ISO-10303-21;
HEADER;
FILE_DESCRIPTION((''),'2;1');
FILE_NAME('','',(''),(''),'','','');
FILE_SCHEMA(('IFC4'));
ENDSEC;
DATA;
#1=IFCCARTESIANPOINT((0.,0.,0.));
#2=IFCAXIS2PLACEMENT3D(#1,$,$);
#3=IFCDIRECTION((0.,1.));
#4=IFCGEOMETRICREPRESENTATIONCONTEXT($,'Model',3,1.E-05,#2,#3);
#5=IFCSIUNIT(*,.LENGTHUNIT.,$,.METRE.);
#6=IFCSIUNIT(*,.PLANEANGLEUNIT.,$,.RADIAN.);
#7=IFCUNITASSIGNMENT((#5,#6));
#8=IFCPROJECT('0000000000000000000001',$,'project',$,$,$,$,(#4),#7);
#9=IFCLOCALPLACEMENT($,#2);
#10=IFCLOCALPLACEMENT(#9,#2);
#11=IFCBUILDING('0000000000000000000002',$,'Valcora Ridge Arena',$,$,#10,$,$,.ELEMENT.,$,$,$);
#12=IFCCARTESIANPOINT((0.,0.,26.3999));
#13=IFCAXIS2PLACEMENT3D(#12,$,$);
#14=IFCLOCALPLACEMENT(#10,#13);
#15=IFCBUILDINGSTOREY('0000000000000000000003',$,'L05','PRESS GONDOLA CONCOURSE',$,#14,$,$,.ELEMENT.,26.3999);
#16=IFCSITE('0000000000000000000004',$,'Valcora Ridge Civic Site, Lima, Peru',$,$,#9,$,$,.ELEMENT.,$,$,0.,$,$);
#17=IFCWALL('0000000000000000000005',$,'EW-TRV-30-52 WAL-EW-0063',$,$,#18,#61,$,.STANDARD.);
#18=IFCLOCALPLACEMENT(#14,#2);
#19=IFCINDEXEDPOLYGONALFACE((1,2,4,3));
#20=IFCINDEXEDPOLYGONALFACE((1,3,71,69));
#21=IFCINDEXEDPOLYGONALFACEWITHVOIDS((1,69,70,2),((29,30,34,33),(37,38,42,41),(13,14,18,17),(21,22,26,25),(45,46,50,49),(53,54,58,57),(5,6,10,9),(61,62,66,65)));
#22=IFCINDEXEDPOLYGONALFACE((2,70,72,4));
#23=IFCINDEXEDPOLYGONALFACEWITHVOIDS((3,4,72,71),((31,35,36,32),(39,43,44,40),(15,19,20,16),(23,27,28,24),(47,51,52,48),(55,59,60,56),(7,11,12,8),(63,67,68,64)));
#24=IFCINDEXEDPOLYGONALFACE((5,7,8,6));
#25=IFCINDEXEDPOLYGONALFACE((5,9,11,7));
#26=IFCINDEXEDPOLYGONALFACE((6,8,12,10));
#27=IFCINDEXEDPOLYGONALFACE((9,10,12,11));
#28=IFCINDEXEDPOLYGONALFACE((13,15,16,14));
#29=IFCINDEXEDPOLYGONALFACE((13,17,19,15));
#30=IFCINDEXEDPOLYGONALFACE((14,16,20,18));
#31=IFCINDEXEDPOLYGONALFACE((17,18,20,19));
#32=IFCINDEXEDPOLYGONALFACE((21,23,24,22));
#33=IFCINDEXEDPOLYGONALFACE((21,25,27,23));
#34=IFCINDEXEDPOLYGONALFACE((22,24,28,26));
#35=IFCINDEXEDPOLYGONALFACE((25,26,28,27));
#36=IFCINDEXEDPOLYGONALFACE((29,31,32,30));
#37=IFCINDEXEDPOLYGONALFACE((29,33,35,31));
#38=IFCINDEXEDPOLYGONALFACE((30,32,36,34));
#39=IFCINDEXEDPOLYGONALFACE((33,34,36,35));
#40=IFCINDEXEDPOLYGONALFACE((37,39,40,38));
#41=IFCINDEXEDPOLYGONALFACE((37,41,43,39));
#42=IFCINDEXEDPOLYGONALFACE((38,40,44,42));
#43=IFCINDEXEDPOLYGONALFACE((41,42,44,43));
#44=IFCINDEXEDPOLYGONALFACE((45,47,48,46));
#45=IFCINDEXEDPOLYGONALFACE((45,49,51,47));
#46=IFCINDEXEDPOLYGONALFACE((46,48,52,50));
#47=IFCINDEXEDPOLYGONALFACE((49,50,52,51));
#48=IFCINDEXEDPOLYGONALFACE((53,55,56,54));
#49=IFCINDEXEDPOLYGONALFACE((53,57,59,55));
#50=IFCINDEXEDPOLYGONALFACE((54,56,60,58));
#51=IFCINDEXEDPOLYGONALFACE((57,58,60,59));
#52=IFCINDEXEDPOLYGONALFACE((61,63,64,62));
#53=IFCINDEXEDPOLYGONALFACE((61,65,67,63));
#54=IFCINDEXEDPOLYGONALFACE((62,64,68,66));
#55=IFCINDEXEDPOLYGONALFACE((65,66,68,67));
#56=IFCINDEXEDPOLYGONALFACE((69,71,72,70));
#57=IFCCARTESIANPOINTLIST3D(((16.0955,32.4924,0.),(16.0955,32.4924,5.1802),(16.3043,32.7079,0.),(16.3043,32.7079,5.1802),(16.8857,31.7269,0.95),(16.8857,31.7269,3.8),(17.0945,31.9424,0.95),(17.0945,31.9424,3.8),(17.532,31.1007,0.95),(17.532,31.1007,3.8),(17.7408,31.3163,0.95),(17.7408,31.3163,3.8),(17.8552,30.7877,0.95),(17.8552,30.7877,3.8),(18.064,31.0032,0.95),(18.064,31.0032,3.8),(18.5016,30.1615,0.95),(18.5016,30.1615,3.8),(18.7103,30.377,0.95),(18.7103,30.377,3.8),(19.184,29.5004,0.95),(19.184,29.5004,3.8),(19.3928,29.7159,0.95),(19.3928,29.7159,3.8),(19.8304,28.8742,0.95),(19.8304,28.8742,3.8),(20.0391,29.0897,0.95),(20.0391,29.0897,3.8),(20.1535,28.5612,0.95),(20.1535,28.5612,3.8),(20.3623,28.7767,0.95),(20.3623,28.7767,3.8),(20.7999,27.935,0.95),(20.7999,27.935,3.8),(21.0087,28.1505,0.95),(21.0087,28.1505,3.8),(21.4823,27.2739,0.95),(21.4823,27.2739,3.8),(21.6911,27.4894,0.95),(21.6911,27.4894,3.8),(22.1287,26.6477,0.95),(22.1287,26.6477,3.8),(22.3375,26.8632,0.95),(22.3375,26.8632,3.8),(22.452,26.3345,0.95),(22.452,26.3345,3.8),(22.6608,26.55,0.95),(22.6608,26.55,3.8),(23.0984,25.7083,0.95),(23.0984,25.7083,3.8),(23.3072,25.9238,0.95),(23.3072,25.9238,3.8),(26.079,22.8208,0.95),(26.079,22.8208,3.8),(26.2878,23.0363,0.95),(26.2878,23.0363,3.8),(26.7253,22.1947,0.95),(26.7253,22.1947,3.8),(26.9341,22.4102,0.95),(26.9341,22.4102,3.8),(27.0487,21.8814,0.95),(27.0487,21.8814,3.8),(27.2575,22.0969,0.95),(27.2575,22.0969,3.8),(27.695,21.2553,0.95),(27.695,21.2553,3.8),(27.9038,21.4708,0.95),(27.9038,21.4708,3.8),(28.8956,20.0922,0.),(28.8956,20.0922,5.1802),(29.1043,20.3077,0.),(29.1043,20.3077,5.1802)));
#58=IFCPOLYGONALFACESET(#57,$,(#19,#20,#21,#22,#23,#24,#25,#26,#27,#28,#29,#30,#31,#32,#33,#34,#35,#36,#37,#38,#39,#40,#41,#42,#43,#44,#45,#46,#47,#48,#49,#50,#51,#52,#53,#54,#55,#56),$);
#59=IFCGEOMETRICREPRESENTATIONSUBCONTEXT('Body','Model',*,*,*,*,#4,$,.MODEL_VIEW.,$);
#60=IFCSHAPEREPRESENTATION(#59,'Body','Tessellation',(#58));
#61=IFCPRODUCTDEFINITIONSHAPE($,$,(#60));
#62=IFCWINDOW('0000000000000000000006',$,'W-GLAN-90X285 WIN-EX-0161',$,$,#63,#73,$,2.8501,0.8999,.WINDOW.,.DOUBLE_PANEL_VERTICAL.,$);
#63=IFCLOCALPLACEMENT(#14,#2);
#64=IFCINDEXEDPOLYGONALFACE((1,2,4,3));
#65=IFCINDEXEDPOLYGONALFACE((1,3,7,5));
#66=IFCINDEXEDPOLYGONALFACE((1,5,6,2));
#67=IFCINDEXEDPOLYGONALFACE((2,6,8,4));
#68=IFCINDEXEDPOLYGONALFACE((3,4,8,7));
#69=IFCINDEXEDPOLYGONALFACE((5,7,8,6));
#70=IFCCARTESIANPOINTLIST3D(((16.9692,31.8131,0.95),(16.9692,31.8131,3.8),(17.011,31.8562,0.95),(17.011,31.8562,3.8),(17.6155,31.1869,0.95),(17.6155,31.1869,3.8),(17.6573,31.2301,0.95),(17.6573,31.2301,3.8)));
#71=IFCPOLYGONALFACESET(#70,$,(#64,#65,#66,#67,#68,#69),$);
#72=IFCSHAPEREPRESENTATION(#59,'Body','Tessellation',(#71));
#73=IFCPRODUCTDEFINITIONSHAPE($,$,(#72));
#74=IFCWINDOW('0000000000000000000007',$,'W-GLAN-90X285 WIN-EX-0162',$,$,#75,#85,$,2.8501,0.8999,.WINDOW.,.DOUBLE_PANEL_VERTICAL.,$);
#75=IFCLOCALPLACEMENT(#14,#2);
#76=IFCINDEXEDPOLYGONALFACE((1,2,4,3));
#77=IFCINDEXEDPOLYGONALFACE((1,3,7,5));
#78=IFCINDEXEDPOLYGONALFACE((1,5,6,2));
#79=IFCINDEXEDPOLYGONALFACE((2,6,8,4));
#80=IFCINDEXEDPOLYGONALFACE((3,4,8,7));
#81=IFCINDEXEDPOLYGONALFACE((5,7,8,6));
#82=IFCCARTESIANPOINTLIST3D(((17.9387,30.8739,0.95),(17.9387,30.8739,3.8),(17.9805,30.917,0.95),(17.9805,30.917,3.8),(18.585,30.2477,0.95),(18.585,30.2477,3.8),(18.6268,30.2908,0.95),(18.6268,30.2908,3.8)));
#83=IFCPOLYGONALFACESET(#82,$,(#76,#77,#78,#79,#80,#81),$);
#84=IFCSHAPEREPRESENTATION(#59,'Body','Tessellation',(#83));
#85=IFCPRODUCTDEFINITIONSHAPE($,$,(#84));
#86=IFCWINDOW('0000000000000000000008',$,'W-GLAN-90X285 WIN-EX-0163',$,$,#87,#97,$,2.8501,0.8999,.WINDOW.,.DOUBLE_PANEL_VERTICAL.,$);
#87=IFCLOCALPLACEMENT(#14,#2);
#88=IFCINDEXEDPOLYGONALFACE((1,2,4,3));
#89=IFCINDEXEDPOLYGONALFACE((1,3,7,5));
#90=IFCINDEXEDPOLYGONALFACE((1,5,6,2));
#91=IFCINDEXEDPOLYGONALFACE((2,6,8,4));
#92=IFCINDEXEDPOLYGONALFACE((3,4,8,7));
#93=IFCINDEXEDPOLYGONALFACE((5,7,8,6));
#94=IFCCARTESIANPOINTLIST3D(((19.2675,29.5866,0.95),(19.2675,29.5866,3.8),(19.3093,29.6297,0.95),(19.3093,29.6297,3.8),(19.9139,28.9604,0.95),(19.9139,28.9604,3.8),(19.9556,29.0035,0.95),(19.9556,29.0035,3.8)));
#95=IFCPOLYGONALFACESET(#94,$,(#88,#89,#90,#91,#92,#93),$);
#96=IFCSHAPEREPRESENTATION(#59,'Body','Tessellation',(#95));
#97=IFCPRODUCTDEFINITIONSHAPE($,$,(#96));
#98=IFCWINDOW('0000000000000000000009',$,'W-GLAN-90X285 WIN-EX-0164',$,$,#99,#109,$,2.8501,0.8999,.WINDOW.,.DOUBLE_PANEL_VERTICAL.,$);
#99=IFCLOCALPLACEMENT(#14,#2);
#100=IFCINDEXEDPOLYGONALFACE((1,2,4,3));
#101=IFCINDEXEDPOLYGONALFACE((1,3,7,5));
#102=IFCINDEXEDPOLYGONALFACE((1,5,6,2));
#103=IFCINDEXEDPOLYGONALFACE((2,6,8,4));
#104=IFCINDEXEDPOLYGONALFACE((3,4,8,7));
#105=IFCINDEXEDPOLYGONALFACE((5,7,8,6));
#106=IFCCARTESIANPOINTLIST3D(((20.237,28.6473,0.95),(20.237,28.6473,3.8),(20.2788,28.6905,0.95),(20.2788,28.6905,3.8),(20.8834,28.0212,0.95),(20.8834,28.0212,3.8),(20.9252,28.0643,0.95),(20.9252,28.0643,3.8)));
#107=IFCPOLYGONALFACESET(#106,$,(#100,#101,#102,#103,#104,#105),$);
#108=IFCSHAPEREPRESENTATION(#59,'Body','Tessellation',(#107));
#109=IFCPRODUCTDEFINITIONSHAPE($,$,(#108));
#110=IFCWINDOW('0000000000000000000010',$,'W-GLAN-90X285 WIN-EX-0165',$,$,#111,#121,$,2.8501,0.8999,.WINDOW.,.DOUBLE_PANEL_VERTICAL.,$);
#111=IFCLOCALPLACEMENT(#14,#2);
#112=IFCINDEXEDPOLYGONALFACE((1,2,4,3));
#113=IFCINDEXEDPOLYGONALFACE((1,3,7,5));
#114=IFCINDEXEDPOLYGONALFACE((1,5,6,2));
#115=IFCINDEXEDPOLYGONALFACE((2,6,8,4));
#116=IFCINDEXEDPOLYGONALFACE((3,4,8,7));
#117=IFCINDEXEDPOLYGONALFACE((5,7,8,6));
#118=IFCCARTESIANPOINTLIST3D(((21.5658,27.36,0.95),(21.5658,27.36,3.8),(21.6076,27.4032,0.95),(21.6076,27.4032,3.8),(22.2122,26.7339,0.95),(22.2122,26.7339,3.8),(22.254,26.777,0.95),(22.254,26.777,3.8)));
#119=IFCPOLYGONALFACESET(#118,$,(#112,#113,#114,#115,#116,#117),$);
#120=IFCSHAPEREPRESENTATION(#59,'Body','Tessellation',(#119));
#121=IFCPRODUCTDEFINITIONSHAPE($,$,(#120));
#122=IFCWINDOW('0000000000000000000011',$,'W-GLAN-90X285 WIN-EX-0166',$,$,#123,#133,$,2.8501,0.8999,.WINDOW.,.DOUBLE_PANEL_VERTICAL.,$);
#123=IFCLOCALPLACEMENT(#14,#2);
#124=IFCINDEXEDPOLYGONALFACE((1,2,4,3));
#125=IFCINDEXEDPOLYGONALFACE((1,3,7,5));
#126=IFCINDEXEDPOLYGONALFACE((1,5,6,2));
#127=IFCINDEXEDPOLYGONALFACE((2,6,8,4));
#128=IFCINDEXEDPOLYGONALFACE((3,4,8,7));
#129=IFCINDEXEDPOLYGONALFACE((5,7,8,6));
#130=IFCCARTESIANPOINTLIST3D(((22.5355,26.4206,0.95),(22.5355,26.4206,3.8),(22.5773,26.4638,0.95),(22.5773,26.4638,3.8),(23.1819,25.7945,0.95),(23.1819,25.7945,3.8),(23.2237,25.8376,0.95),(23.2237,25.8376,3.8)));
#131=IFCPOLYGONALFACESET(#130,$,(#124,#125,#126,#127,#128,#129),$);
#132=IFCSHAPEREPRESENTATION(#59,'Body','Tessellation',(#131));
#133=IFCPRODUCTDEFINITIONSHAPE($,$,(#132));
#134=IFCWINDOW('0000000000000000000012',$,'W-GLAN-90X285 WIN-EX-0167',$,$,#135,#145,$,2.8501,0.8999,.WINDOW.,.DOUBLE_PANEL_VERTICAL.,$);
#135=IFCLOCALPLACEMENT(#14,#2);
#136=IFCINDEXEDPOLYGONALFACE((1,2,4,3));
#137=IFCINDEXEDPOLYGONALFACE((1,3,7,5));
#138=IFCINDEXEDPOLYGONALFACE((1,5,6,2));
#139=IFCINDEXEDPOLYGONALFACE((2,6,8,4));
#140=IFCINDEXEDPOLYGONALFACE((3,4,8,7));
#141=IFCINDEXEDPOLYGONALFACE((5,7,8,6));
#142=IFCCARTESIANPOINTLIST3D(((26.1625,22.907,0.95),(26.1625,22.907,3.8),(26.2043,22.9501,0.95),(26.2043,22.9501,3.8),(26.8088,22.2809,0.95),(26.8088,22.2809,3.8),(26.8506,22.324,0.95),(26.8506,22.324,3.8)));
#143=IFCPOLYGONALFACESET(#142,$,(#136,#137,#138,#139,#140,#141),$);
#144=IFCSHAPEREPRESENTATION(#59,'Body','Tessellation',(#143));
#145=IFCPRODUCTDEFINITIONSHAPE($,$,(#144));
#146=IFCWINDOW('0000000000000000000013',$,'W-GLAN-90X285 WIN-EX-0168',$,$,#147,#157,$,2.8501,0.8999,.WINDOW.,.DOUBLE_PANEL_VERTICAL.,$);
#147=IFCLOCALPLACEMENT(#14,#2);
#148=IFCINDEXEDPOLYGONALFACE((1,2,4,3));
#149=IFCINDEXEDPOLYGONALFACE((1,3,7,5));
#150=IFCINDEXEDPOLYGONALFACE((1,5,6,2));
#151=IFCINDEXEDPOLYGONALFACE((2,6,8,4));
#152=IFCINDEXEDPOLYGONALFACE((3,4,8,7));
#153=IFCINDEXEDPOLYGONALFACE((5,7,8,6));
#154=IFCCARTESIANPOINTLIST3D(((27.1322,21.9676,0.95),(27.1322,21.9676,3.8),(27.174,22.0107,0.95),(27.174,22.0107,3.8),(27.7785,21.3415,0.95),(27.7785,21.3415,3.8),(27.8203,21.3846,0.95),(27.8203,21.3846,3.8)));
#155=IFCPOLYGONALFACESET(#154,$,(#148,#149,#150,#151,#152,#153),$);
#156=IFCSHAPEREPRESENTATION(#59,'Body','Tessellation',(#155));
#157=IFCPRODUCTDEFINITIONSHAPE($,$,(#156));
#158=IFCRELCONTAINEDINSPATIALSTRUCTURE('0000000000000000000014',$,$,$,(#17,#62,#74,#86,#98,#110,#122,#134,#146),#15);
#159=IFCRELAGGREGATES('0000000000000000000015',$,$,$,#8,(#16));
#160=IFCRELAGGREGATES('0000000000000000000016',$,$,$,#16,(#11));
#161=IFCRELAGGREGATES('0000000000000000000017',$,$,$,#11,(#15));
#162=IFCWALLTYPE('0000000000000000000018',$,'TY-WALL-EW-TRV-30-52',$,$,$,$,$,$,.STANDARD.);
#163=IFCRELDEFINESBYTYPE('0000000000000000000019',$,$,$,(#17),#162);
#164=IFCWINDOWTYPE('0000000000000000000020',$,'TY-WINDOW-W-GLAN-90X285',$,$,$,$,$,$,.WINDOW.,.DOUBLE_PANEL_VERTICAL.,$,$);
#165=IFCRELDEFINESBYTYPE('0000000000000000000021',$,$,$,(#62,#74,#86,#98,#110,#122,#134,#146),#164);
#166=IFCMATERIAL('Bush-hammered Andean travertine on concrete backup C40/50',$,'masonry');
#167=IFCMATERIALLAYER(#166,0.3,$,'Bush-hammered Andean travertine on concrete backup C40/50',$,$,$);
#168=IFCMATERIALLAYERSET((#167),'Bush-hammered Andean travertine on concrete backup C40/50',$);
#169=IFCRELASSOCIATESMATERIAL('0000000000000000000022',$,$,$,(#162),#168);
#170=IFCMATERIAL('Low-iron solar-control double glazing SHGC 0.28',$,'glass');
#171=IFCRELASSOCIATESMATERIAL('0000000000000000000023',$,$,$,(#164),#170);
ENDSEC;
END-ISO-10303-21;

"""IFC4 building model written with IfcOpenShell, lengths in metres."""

from ifc_helpers import new_model, si_unit, direction, frame, frame_2d, origin, place, context, subcontext, project, spatial, rectangle, extrude, material, layer, layer_set, type_object, element, fill, save


model = new_model("IFC4")

# Units and contexts
model_context = context("Model", 3, precision=1e-05, world=origin(), true_north=direction((0.0, 1.0)))
body_context = subcontext(model_context, "Body", "Model", "MODEL_VIEW")
ifc_project = project(units=[si_unit("LENGTHUNIT", "METRE"), si_unit("PLANEANGLEUNIT", "RADIAN")], contexts=[model_context])

# Site, building, storey
site_placement = place(None, origin())
site = spatial("IfcSite", under=ifc_project, at=site_placement, Name="Valcora Ridge Civic Site, Lima, Peru", CompositionType="ELEMENT", RefElevation=0.0)
building_placement = place(site_placement, origin())
building = spatial("IfcBuilding", under=site, at=building_placement, Name="Valcora Ridge Arena", CompositionType="ELEMENT")
storey_placement = place(building_placement, frame((0.0, 0.0, 26.3999)))
storey = spatial("IfcBuildingStorey", under=building, at=storey_placement, Name="L05", Description="PRESS GONDOLA CONCOURSE", CompositionType="ELEMENT", Elevation=26.3999)

# Shared definitions
ifc_material_1 = material(Name="Low-iron solar-control double glazing SHGC 0.28", Category="glass")

# Wall, openings, windows
ifc_material_2 = material(Name="Bush-hammered Andean travertine on concrete backup C40/50", Category="masonry")
ifc_layer_1 = layer(ifc_material_2, 0.3, Name="Bush-hammered Andean travertine on concrete backup C40/50")
ifc_layer_set_1 = layer_set([ifc_layer_1], Name="Bush-hammered Andean travertine on concrete backup C40/50")
wall_type_1 = type_object("IfcWallType", Name="TY-WALL-EW-TRV-30-52", PredefinedType="STANDARD", material=ifc_layer_set_1)
wall_1_placement = place(storey_placement, frame((16.2, 32.6001, 0.0), z_axis=(0.0, 0.0, 1.0), x_axis=(0.718237, -0.695798, 0.0)))
wall_1 = element("IfcWall", 1, at=wall_1_placement, inside=storey, type_object=wall_type_1, Name="EW-TRV-30-52 WAL-EW-0063", PredefinedType="STANDARD", context=body_context, shape_type="SweptSolid", body=[
    extrude(rectangle(XDim=17.8215, YDim=0.3, at=frame_2d((8.9106, 0.0))), origin(), (0.0, 0.0, 1.0), 5.1802),
])
opening_1_placement = place(wall_1_placement, frame((1.1001, 0.0, 0.95)))
opening_1 = element("IfcOpeningElement", 2, at=opening_1_placement, cuts=wall_1, PredefinedType="OPENING", context=body_context, shape_type="SweptSolid", body=[
    extrude(rectangle(XDim=0.8999, YDim=2.8501, at=frame_2d((0.45, 1.425))), frame((0.0, 0.1599, 0.0), z_axis=(0.0, -1.0, 0.0), x_axis=(1.0, 0.0, 0.0)), (0.0, 0.0, 1.0), 0.3201),
])
opening_2_placement = place(wall_1_placement, frame((2.45, 0.0, 0.95)))
opening_2 = element("IfcOpeningElement", 3, at=opening_2_placement, cuts=wall_1, PredefinedType="OPENING", context=body_context, shape_type="SweptSolid", body=[
    extrude(rectangle(XDim=0.8999, YDim=2.8501, at=frame_2d((0.45, 1.425))), frame((0.0, 0.1599, 0.0), z_axis=(0.0, -1.0, 0.0), x_axis=(1.0, 0.0, 0.0)), (0.0, 0.0, 1.0), 0.3201),
])
opening_3_placement = place(wall_1_placement, frame((4.3, 0.0, 0.95)))
opening_3 = element("IfcOpeningElement", 4, at=opening_3_placement, cuts=wall_1, PredefinedType="OPENING", context=body_context, shape_type="SweptSolid", body=[
    extrude(rectangle(XDim=0.8999, YDim=2.8501, at=frame_2d((0.45, 1.425))), frame((0.0, 0.1599, 0.0), z_axis=(0.0, -1.0, 0.0), x_axis=(1.0, 0.0, 0.0)), (0.0, 0.0, 1.0), 0.3201),
])
opening_4_placement = place(wall_1_placement, frame((5.6499, 0.0, 0.95)))
opening_4 = element("IfcOpeningElement", 5, at=opening_4_placement, cuts=wall_1, PredefinedType="OPENING", context=body_context, shape_type="SweptSolid", body=[
    extrude(rectangle(XDim=0.8999, YDim=2.8501, at=frame_2d((0.45, 1.425))), frame((0.0, 0.1599, 0.0), z_axis=(0.0, -1.0, 0.0), x_axis=(1.0, 0.0, 0.0)), (0.0, 0.0, 1.0), 0.3201),
])
opening_5_placement = place(wall_1_placement, frame((7.5, 0.0, 0.95)))
opening_5 = element("IfcOpeningElement", 6, at=opening_5_placement, cuts=wall_1, PredefinedType="OPENING", context=body_context, shape_type="SweptSolid", body=[
    extrude(rectangle(XDim=0.8999, YDim=2.8501, at=frame_2d((0.45, 1.425))), frame((0.0, 0.1599, 0.0), z_axis=(0.0, -1.0, 0.0), x_axis=(1.0, 0.0, 0.0)), (0.0, 0.0, 1.0), 0.3201),
])
opening_6_placement = place(wall_1_placement, frame((8.8501, 0.0, 0.95)))
opening_6 = element("IfcOpeningElement", 7, at=opening_6_placement, cuts=wall_1, PredefinedType="OPENING", context=body_context, shape_type="SweptSolid", body=[
    extrude(rectangle(XDim=0.8999, YDim=2.8501, at=frame_2d((0.45, 1.425))), frame((0.0, 0.1599, 0.0), z_axis=(0.0, -1.0, 0.0), x_axis=(1.0, 0.0, 0.0)), (0.0, 0.0, 1.0), 0.3201),
])
opening_7_placement = place(wall_1_placement, frame((13.8999, 0.0, 0.95)))
opening_7 = element("IfcOpeningElement", 8, at=opening_7_placement, cuts=wall_1, PredefinedType="OPENING", context=body_context, shape_type="SweptSolid", body=[
    extrude(rectangle(XDim=0.8999, YDim=2.8501, at=frame_2d((0.45, 1.425))), frame((0.0, 0.1599, 0.0), z_axis=(0.0, -1.0, 0.0), x_axis=(1.0, 0.0, 0.0)), (0.0, 0.0, 1.0), 0.3201),
])
opening_8_placement = place(wall_1_placement, frame((15.25, 0.0, 0.95)))
opening_8 = element("IfcOpeningElement", 9, at=opening_8_placement, cuts=wall_1, PredefinedType="OPENING", context=body_context, shape_type="SweptSolid", body=[
    extrude(rectangle(XDim=0.8999, YDim=2.8501, at=frame_2d((0.45, 1.425))), frame((0.0, 0.1599, 0.0), z_axis=(0.0, -1.0, 0.0), x_axis=(1.0, 0.0, 0.0)), (0.0, 0.0, 1.0), 0.3201),
])
window_type = type_object("IfcWindowType", Name="TY-WINDOW-W-GLAN-90X285", PartitioningType="DOUBLE_PANEL_VERTICAL", PredefinedType="WINDOW", material=ifc_material_1)
window_1_placement = place(opening_1_placement, origin())
window_1 = element("IfcWindow", 10, at=window_1_placement, inside=storey, type_object=window_type, Name="W-GLAN-90X285 WIN-EX-0161", OverallHeight=2.8501, OverallWidth=0.8999, PartitioningType="DOUBLE_PANEL_VERTICAL", PredefinedType="WINDOW", context=body_context, shape_type="SweptSolid", body=[
    extrude(rectangle(XDim=0.8999, YDim=2.8501, at=frame_2d((0.45, 1.425))), frame((0.0, 0.03, 0.0), z_axis=(0.0, -1.0, 0.0), x_axis=(1.0, 0.0, 0.0)), (0.0, 0.0, 1.0), 0.0601),
])
fill(opening_1, window_1)
window_2_placement = place(opening_2_placement, origin())
window_2 = element("IfcWindow", 11, at=window_2_placement, inside=storey, type_object=window_type, Name="W-GLAN-90X285 WIN-EX-0162", OverallHeight=2.8501, OverallWidth=0.8999, PartitioningType="DOUBLE_PANEL_VERTICAL", PredefinedType="WINDOW", context=body_context, shape_type="SweptSolid", body=[
    extrude(rectangle(XDim=0.8999, YDim=2.8501, at=frame_2d((0.45, 1.425))), frame((0.0, 0.03, 0.0), z_axis=(0.0, -1.0, 0.0), x_axis=(1.0, 0.0, 0.0)), (0.0, 0.0, 1.0), 0.0601),
])
fill(opening_2, window_2)
window_3_placement = place(opening_3_placement, origin())
window_3 = element("IfcWindow", 12, at=window_3_placement, inside=storey, type_object=window_type, Name="W-GLAN-90X285 WIN-EX-0163", OverallHeight=2.8501, OverallWidth=0.8999, PartitioningType="DOUBLE_PANEL_VERTICAL", PredefinedType="WINDOW", context=body_context, shape_type="SweptSolid", body=[
    extrude(rectangle(XDim=0.8999, YDim=2.8501, at=frame_2d((0.45, 1.425))), frame((0.0, 0.03, 0.0), z_axis=(0.0, -1.0, 0.0), x_axis=(1.0, 0.0, 0.0)), (0.0, 0.0, 1.0), 0.0601),
])
fill(opening_3, window_3)
window_4_placement = place(opening_4_placement, origin())
window_4 = element("IfcWindow", 13, at=window_4_placement, inside=storey, type_object=window_type, Name="W-GLAN-90X285 WIN-EX-0164", OverallHeight=2.8501, OverallWidth=0.8999, PartitioningType="DOUBLE_PANEL_VERTICAL", PredefinedType="WINDOW", context=body_context, shape_type="SweptSolid", body=[
    extrude(rectangle(XDim=0.8999, YDim=2.8501, at=frame_2d((0.45, 1.425))), frame((0.0, 0.03, 0.0), z_axis=(0.0, -1.0, 0.0), x_axis=(1.0, 0.0, 0.0)), (0.0, 0.0, 1.0), 0.0601),
])
fill(opening_4, window_4)
window_5_placement = place(opening_5_placement, origin())
window_5 = element("IfcWindow", 14, at=window_5_placement, inside=storey, type_object=window_type, Name="W-GLAN-90X285 WIN-EX-0165", OverallHeight=2.8501, OverallWidth=0.8999, PartitioningType="DOUBLE_PANEL_VERTICAL", PredefinedType="WINDOW", context=body_context, shape_type="SweptSolid", body=[
    extrude(rectangle(XDim=0.8999, YDim=2.8501, at=frame_2d((0.45, 1.425))), frame((0.0, 0.03, 0.0), z_axis=(0.0, -1.0, 0.0), x_axis=(1.0, 0.0, 0.0)), (0.0, 0.0, 1.0), 0.0601),
])
fill(opening_5, window_5)
window_6_placement = place(opening_6_placement, origin())
window_6 = element("IfcWindow", 15, at=window_6_placement, inside=storey, type_object=window_type, Name="W-GLAN-90X285 WIN-EX-0166", OverallHeight=2.8501, OverallWidth=0.8999, PartitioningType="DOUBLE_PANEL_VERTICAL", PredefinedType="WINDOW", context=body_context, shape_type="SweptSolid", body=[
    extrude(rectangle(XDim=0.8999, YDim=2.8501, at=frame_2d((0.45, 1.425))), frame((0.0, 0.03, 0.0), z_axis=(0.0, -1.0, 0.0), x_axis=(1.0, 0.0, 0.0)), (0.0, 0.0, 1.0), 0.0601),
])
fill(opening_6, window_6)
window_7_placement = place(opening_7_placement, origin())
window_7 = element("IfcWindow", 16, at=window_7_placement, inside=storey, type_object=window_type, Name="W-GLAN-90X285 WIN-EX-0167", OverallHeight=2.8501, OverallWidth=0.8999, PartitioningType="DOUBLE_PANEL_VERTICAL", PredefinedType="WINDOW", context=body_context, shape_type="SweptSolid", body=[
    extrude(rectangle(XDim=0.8999, YDim=2.8501, at=frame_2d((0.45, 1.425))), frame((0.0, 0.03, 0.0), z_axis=(0.0, -1.0, 0.0), x_axis=(1.0, 0.0, 0.0)), (0.0, 0.0, 1.0), 0.0601),
])
fill(opening_7, window_7)
window_8_placement = place(opening_8_placement, origin())
window_8 = element("IfcWindow", 17, at=window_8_placement, inside=storey, type_object=window_type, Name="W-GLAN-90X285 WIN-EX-0168", OverallHeight=2.8501, OverallWidth=0.8999, PartitioningType="DOUBLE_PANEL_VERTICAL", PredefinedType="WINDOW", context=body_context, shape_type="SweptSolid", body=[
    extrude(rectangle(XDim=0.8999, YDim=2.8501, at=frame_2d((0.45, 1.425))), frame((0.0, 0.03, 0.0), z_axis=(0.0, -1.0, 0.0), x_axis=(1.0, 0.0, 0.0)), (0.0, 0.0, 1.0), 0.0601),
])
fill(opening_8, window_8)

save(model, "model.ifc")
